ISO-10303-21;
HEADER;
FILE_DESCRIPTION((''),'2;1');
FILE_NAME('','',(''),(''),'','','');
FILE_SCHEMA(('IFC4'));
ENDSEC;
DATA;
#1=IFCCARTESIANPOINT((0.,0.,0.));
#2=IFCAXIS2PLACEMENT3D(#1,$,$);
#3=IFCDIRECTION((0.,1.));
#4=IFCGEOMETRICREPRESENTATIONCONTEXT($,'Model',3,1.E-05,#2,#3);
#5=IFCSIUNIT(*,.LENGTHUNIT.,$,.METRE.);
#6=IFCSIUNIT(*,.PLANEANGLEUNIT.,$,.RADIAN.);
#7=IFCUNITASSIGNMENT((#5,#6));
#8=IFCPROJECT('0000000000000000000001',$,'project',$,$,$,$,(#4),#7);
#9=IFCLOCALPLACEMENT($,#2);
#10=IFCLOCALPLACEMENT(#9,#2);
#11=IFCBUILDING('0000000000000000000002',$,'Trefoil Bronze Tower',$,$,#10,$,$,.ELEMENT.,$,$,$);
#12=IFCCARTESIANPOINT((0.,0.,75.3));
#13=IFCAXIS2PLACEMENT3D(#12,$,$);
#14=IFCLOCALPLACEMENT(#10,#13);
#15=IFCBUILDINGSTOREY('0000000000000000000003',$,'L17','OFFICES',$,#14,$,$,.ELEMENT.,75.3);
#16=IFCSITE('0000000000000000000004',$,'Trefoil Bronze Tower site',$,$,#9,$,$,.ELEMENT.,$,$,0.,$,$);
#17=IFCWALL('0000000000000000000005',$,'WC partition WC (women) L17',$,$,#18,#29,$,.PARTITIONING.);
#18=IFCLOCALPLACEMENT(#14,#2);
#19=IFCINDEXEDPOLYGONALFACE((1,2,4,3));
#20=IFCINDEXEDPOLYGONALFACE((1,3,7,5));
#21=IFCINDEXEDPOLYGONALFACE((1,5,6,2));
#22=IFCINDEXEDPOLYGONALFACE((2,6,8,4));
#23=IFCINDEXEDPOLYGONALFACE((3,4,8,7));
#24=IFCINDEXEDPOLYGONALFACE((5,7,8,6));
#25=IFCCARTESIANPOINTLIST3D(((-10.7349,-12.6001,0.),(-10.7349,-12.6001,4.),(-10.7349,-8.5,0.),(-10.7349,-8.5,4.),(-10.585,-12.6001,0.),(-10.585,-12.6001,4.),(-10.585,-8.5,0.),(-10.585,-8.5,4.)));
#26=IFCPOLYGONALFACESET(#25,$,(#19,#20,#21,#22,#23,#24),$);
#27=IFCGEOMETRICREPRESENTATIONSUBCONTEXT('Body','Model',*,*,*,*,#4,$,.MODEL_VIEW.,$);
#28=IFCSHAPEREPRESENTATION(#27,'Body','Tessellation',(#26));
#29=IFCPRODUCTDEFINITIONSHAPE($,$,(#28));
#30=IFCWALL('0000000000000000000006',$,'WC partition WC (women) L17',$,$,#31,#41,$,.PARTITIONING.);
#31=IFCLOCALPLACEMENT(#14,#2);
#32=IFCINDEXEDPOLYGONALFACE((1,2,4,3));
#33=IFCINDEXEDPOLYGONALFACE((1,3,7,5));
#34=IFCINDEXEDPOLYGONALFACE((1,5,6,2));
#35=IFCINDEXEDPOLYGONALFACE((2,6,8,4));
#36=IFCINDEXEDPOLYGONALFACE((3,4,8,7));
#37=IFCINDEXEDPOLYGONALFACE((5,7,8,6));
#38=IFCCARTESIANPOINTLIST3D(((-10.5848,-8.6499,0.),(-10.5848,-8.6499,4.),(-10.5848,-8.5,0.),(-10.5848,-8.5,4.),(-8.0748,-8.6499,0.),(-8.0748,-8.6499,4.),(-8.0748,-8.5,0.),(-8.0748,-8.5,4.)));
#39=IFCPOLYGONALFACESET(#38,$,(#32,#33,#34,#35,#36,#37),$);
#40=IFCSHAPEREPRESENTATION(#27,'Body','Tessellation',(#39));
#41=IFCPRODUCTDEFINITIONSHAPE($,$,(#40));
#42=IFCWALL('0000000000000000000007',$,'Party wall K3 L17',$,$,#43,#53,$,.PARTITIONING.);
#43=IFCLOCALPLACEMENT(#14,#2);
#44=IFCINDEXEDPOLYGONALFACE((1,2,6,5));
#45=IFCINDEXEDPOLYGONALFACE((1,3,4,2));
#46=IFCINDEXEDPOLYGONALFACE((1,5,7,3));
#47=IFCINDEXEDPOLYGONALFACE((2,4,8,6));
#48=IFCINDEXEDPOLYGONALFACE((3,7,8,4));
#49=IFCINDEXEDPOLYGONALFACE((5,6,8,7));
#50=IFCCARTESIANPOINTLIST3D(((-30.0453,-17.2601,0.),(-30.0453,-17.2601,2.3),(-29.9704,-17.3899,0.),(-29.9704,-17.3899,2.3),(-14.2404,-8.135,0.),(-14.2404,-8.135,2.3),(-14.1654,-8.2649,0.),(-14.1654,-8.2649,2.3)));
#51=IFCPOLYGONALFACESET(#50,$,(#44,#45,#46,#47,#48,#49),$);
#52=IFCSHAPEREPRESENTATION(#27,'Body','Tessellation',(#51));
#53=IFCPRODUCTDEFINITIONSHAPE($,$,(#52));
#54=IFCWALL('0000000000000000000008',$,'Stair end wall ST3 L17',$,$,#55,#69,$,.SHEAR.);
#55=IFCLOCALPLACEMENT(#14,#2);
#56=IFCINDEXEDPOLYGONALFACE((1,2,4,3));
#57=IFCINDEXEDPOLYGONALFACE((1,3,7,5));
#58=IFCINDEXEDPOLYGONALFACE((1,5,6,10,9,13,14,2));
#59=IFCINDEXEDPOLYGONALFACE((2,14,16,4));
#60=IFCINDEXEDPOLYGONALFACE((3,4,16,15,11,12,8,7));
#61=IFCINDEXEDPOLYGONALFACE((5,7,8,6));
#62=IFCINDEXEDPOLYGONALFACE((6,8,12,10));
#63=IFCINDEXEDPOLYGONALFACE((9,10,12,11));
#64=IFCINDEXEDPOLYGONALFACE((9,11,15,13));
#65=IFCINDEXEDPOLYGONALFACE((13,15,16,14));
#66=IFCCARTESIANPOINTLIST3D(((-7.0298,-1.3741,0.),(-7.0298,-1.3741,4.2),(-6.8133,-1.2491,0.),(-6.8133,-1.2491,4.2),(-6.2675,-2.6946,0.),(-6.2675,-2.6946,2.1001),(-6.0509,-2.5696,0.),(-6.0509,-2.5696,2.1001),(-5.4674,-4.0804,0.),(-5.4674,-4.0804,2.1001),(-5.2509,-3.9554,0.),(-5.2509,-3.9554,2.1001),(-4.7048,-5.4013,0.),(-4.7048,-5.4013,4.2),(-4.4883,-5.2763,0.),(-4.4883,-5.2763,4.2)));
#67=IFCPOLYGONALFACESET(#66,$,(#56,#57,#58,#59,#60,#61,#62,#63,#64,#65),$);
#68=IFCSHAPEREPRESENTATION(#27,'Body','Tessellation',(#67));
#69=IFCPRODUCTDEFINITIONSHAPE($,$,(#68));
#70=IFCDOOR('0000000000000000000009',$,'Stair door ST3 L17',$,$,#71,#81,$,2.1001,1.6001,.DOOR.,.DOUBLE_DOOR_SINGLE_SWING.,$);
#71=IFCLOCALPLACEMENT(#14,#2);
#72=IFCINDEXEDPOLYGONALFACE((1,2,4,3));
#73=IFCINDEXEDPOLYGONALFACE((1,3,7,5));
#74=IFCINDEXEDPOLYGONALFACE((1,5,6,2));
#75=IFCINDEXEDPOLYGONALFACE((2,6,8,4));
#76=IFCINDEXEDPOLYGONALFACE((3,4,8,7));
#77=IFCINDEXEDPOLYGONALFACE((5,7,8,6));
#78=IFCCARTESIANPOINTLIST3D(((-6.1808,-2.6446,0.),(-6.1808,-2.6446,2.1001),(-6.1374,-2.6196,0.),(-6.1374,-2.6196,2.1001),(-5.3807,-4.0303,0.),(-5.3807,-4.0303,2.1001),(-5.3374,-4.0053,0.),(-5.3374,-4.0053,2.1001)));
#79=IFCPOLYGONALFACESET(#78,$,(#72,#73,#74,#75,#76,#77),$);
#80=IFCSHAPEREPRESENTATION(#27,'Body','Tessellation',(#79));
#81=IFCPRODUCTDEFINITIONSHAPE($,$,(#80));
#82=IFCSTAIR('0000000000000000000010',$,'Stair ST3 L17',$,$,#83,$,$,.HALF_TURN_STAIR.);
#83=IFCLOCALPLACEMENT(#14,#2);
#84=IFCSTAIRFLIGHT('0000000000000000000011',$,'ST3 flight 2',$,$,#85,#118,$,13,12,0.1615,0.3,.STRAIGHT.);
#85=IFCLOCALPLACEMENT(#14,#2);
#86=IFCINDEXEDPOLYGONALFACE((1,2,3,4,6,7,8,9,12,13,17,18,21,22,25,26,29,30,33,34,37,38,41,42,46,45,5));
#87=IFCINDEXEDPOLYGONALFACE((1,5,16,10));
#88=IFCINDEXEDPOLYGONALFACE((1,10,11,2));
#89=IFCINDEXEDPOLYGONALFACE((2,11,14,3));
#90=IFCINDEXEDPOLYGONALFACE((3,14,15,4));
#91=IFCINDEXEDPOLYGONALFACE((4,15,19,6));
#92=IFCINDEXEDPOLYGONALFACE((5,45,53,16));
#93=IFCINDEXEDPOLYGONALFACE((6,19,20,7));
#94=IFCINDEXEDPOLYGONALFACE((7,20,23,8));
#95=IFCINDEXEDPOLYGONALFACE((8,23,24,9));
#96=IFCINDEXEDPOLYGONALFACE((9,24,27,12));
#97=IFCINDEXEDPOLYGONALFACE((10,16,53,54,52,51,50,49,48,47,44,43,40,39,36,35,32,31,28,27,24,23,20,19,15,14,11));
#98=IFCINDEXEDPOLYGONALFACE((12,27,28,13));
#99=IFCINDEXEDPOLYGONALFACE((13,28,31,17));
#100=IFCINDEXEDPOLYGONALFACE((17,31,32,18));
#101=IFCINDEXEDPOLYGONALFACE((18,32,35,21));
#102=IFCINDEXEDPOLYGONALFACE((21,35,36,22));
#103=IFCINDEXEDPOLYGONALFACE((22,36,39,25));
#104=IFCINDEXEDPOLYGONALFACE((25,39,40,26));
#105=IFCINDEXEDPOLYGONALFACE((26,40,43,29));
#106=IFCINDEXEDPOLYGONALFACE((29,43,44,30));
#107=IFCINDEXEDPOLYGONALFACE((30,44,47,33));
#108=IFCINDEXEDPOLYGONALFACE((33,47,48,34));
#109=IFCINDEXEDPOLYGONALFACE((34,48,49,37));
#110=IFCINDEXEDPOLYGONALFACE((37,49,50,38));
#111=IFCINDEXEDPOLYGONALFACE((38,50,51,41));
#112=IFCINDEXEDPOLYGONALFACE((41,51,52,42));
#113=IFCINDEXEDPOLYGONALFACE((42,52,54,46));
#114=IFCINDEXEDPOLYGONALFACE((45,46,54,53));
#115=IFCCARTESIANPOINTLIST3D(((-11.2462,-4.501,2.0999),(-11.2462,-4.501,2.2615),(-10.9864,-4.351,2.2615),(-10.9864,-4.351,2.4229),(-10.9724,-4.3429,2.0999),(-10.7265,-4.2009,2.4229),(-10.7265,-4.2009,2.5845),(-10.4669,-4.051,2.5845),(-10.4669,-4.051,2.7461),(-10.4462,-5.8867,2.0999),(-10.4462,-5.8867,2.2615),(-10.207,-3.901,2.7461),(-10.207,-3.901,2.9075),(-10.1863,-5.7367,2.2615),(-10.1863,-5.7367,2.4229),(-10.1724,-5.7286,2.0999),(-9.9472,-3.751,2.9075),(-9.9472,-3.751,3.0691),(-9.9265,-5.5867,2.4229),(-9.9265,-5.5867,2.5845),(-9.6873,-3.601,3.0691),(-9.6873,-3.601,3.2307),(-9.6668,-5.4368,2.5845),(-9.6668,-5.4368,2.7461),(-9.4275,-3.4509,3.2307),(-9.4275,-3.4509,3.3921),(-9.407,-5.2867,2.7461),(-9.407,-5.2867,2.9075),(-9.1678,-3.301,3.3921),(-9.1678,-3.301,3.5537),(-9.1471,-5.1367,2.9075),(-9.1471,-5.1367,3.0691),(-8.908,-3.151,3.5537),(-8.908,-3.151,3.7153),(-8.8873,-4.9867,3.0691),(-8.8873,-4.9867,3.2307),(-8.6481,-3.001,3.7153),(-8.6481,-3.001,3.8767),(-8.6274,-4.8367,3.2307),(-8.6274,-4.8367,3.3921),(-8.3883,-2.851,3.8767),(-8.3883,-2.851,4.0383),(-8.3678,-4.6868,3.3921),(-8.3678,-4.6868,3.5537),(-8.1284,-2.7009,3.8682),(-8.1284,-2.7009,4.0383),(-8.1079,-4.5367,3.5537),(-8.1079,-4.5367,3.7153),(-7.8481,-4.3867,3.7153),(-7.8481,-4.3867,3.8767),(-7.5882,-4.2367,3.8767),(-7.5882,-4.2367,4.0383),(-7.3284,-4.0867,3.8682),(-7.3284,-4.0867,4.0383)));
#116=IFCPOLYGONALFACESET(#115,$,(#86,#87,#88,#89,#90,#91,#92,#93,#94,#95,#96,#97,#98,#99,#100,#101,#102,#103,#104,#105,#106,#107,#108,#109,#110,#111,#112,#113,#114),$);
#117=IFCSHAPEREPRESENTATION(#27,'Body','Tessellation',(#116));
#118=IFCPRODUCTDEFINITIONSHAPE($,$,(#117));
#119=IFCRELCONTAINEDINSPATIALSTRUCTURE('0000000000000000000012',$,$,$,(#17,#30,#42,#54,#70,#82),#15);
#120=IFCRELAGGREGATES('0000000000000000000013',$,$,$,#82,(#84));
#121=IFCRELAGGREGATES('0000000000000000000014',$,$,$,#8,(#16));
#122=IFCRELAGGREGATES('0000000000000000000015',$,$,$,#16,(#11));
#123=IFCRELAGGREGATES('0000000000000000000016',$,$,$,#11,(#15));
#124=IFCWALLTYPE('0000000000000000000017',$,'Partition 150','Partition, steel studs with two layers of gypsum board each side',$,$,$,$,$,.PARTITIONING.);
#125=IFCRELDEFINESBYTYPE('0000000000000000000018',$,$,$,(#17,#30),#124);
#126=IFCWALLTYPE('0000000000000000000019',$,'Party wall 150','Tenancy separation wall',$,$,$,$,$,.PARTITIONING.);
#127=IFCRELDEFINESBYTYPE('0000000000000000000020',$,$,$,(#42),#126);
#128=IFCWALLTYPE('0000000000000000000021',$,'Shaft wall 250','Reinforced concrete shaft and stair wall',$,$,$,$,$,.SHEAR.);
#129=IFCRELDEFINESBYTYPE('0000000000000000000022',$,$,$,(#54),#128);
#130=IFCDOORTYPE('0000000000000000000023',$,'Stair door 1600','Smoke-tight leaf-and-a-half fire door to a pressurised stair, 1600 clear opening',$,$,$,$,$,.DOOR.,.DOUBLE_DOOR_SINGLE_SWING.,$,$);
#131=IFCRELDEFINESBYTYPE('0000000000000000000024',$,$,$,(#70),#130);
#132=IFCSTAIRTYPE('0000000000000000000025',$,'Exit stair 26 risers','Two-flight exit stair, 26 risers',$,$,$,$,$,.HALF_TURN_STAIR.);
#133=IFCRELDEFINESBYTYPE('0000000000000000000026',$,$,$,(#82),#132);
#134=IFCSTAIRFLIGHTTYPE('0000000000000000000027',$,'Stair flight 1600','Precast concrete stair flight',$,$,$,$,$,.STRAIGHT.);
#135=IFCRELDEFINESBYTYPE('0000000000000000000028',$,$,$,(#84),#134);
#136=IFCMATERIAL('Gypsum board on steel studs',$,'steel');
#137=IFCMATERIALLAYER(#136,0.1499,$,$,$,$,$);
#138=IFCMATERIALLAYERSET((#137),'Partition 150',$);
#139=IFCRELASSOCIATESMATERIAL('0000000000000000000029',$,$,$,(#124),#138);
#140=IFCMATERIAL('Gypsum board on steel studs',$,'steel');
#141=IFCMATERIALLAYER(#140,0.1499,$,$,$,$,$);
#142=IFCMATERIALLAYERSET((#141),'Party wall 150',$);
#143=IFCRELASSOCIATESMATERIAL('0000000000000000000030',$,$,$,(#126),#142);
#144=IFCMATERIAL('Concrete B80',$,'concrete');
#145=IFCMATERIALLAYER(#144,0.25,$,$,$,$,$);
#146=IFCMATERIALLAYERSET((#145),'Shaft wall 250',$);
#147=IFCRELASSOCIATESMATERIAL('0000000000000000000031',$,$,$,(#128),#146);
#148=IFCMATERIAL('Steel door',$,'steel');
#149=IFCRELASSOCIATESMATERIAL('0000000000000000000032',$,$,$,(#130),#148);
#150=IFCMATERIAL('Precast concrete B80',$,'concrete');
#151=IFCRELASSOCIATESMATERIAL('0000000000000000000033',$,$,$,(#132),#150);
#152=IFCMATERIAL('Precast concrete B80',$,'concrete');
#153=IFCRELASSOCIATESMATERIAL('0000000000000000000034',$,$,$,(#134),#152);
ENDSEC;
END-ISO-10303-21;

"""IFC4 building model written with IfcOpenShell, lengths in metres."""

from ifc_helpers import new_model, si_unit, direction, frame, frame_2d, origin, place, context, subcontext, project, spatial, polyline, rectangle, outline, extrude, material, layer, layer_set, type_object, element, fill, aggregate, save


model = new_model("IFC4")

# Units and contexts
model_context = context("Model", 3, precision=1e-05, world=origin(), true_north=direction((0.0, 1.0)))
body_context = subcontext(model_context, "Body", "Model", "MODEL_VIEW")
ifc_project = project(units=[si_unit("LENGTHUNIT", "METRE"), si_unit("PLANEANGLEUNIT", "RADIAN")], contexts=[model_context])

# Site, building, storey
site_placement = place(None, origin())
site = spatial("IfcSite", under=ifc_project, at=site_placement, Name="Trefoil Bronze Tower site", CompositionType="ELEMENT", RefElevation=0.0)
building_placement = place(site_placement, origin())
building = spatial("IfcBuilding", under=site, at=building_placement, Name="Trefoil Bronze Tower", CompositionType="ELEMENT")
storey_placement = place(building_placement, frame((0.0, 0.0, 75.3)))
storey = spatial("IfcBuildingStorey", under=building, at=storey_placement, Name="L17", Description="OFFICES", CompositionType="ELEMENT", Elevation=75.3)

# Shared definitions
ifc_material_1 = material(Name="Gypsum board on steel studs", Category="steel")
ifc_layer_1 = layer(ifc_material_1, 0.1499)
ifc_layer_set_1 = layer_set([ifc_layer_1], Name="Partition 150")
wall_type_1 = type_object("IfcWallType", Name="Partition 150", Description="Partition, steel studs with two layers of gypsum board each side", PredefinedType="PARTITIONING", material=ifc_layer_set_1)

# Walls
wall_1_placement = place(storey_placement, frame((-10.6599, -8.5, 0.0), z_axis=(0.0, 0.0, 1.0), x_axis=(0.0, -1.0, 0.0)))
element("IfcWall", 1, at=wall_1_placement, inside=storey, type_object=wall_type_1, Name="WC partition WC (women) L17", PredefinedType="PARTITIONING", context=body_context, shape_type="SweptSolid", body=[
    extrude(rectangle(XDim=4.1001, YDim=0.1499, at=frame_2d((2.05, 0.0))), origin(), (0.0, 0.0, 1.0), 4.0),
])
wall_2_placement = place(storey_placement, frame((-8.075, -8.575, 0.0), z_axis=(0.0, 0.0, 1.0), x_axis=(-1.0, 0.0, 0.0)))
element("IfcWall", 2, at=wall_2_placement, inside=storey, type_object=wall_type_1, Name="WC partition WC (women) L17", PredefinedType="PARTITIONING", context=body_context, shape_type="SweptSolid", body=[
    extrude(rectangle(XDim=2.51, YDim=0.1499, at=frame_2d((1.2549, 0.0))), origin(), (0.0, 0.0, 1.0), 4.0),
])
ifc_material_2 = material(Name="Gypsum board on steel studs", Category="steel")
ifc_layer_2 = layer(ifc_material_2, 0.1499)
ifc_layer_set_2 = layer_set([ifc_layer_2], Name="Party wall 150")
wall_type_2 = type_object("IfcWallType", Name="Party wall 150", Description="Tenancy separation wall", PredefinedType="PARTITIONING", material=ifc_layer_set_2)
wall_3_placement = place(storey_placement, frame((-14.2029, -8.2, 0.0), z_axis=(0.0, 0.0, 1.0), x_axis=(-0.866025, -0.500001, 0.0)))
element("IfcWall", 3, at=wall_3_placement, inside=storey, type_object=wall_type_2, Name="Party wall K3 L17", PredefinedType="PARTITIONING", context=body_context, shape_type="SweptSolid", body=[
    extrude(rectangle(XDim=18.25, YDim=0.1499, at=frame_2d((9.125, 0.0))), origin(), (0.0, 0.0, 1.0), 2.3),
])

# Wall, opening, door
ifc_material_3 = material(Name="Concrete B80", Category="concrete")
ifc_layer_3 = layer(ifc_material_3, 0.25)
ifc_layer_set_3 = layer_set([ifc_layer_3], Name="Shaft wall 250")
wall_type_3 = type_object("IfcWallType", Name="Shaft wall 250", Description="Reinforced concrete shaft and stair wall", PredefinedType="SHEAR", material=ifc_layer_set_3)
wall_4_placement = place(storey_placement, frame((-6.9216, -1.3115, 0.0), z_axis=(0.0, 0.0, 1.0), x_axis=(0.499985, -0.866034, 0.0)))
wall_4 = element("IfcWall", 4, at=wall_4_placement, inside=storey, type_object=wall_type_3, Name="Stair end wall ST3 L17", PredefinedType="SHEAR", context=body_context, shape_type="SweptSolid", body=[
    extrude(rectangle(XDim=4.6501, YDim=0.25, at=frame_2d((2.3252, 0.0))), origin(), (0.0, 0.0, 1.0), 4.2),
])
opening_1_placement = place(wall_4_placement, frame((1.5249, 0.0, 0.0)))
opening_1 = element("IfcOpeningElement", 5, at=opening_1_placement, cuts=wall_4, PredefinedType="OPENING", context=body_context, shape_type="SweptSolid", body=[
    extrude(rectangle(XDim=1.6001, YDim=2.1001, at=frame_2d((0.8, 1.05))), frame((0.0, 0.135, 0.0), z_axis=(0.0, -1.0, 0.0), x_axis=(1.0, 0.0, 0.0)), (0.0, 0.0, 1.0), 0.27),
])
ifc_material_4 = material(Name="Steel door", Category="steel")
door_type_1 = type_object("IfcDoorType", Name="Stair door 1600", Description="Smoke-tight leaf-and-a-half fire door to a pressurised stair, 1600 clear opening", OperationType="DOUBLE_DOOR_SINGLE_SWING", PredefinedType="DOOR", material=ifc_material_4)
door_1_placement = place(opening_1_placement, frame((1.6001, 0.0, 0.0), z_axis=(0.0, 0.0, 1.0), x_axis=(-1.0, 0.0, 0.0)))
door_1 = element("IfcDoor", 6, at=door_1_placement, inside=storey, type_object=door_type_1, Name="Stair door ST3 L17", OperationType="DOUBLE_DOOR_SINGLE_SWING", OverallHeight=2.1001, OverallWidth=1.6001, PredefinedType="DOOR", context=body_context, shape_type="SweptSolid", body=[
    extrude(rectangle(XDim=1.6001, YDim=2.1001, at=frame_2d((0.8, 1.05))), frame((0.0, 0.0249, 0.0), z_axis=(0.0, -1.0, 0.0), x_axis=(1.0, 0.0, 0.0)), (0.0, 0.0, 1.0), 0.05),
])
fill(opening_1, door_1)

# Stair, stair flight
ifc_material_5 = material(Name="Precast concrete B80", Category="concrete")
stair_type = type_object("IfcStairType", Name="Exit stair 26 risers", Description="Two-flight exit stair, 26 risers", PredefinedType="HALF_TURN_STAIR", material=ifc_material_5)
stair_placement = place(storey_placement, origin())
stair = element("IfcStair", 7, at=stair_placement, inside=storey, type_object=stair_type, Name="Stair ST3 L17", PredefinedType="HALF_TURN_STAIR")
ifc_material_6 = material(Name="Precast concrete B80", Category="concrete")
stair_flight_type = type_object("IfcStairFlightType", Name="Stair flight 1600", Description="Precast concrete stair flight", PredefinedType="STRAIGHT", material=ifc_material_6)
stair_flight_placement = place(storey_placement, frame((-10.8462, -5.1938, 2.0999), z_axis=(0.0, 0.0, 1.0), x_axis=(0.866025, 0.5, 0.0)))
stair_flight = element("IfcStairFlight", 8, at=stair_flight_placement, type_object=stair_flight_type, Name="ST3 flight 2", NumberOfRisers=13, NumberOfTreads=12, PredefinedType="STRAIGHT", RiserHeight=0.1615, TreadLength=0.3, context=body_context, shape_type="SweptSolid", body=[
    extrude(outline(polyline([(0.0, 0.0), (0.0, 0.1616), (0.3, 0.1616), (0.3, 0.323), (0.6001, 0.323), (0.6001, 0.4846), (0.8999, 0.4846), (0.8999, 0.6462), (1.2, 0.6462), (1.2, 0.8076), (1.5, 0.8076), (1.5, 0.9692), (1.8, 0.9692), (1.8, 1.1309), (2.1001, 1.1309), (2.1001, 1.2922), (2.3999, 1.2922), (2.3999, 1.4539), (2.7, 1.4539), (2.7, 1.6155), (3.0, 1.6155), (3.0, 1.7769), (3.3, 1.7769), (3.3, 1.9385), (3.6001, 1.9385), (3.6001, 2.1001), (3.6001, 1.7683), (0.3162, 0.0), (0.0, 0.0)])), frame((0.0, 0.8, 0.0), z_axis=(0.0, -1.0, 0.0), x_axis=(1.0, 0.0, 0.0)), (0.0, 0.0, 1.0), 1.6001),
])
aggregate(stair, [stair_flight])

save(model, "model.ifc")
